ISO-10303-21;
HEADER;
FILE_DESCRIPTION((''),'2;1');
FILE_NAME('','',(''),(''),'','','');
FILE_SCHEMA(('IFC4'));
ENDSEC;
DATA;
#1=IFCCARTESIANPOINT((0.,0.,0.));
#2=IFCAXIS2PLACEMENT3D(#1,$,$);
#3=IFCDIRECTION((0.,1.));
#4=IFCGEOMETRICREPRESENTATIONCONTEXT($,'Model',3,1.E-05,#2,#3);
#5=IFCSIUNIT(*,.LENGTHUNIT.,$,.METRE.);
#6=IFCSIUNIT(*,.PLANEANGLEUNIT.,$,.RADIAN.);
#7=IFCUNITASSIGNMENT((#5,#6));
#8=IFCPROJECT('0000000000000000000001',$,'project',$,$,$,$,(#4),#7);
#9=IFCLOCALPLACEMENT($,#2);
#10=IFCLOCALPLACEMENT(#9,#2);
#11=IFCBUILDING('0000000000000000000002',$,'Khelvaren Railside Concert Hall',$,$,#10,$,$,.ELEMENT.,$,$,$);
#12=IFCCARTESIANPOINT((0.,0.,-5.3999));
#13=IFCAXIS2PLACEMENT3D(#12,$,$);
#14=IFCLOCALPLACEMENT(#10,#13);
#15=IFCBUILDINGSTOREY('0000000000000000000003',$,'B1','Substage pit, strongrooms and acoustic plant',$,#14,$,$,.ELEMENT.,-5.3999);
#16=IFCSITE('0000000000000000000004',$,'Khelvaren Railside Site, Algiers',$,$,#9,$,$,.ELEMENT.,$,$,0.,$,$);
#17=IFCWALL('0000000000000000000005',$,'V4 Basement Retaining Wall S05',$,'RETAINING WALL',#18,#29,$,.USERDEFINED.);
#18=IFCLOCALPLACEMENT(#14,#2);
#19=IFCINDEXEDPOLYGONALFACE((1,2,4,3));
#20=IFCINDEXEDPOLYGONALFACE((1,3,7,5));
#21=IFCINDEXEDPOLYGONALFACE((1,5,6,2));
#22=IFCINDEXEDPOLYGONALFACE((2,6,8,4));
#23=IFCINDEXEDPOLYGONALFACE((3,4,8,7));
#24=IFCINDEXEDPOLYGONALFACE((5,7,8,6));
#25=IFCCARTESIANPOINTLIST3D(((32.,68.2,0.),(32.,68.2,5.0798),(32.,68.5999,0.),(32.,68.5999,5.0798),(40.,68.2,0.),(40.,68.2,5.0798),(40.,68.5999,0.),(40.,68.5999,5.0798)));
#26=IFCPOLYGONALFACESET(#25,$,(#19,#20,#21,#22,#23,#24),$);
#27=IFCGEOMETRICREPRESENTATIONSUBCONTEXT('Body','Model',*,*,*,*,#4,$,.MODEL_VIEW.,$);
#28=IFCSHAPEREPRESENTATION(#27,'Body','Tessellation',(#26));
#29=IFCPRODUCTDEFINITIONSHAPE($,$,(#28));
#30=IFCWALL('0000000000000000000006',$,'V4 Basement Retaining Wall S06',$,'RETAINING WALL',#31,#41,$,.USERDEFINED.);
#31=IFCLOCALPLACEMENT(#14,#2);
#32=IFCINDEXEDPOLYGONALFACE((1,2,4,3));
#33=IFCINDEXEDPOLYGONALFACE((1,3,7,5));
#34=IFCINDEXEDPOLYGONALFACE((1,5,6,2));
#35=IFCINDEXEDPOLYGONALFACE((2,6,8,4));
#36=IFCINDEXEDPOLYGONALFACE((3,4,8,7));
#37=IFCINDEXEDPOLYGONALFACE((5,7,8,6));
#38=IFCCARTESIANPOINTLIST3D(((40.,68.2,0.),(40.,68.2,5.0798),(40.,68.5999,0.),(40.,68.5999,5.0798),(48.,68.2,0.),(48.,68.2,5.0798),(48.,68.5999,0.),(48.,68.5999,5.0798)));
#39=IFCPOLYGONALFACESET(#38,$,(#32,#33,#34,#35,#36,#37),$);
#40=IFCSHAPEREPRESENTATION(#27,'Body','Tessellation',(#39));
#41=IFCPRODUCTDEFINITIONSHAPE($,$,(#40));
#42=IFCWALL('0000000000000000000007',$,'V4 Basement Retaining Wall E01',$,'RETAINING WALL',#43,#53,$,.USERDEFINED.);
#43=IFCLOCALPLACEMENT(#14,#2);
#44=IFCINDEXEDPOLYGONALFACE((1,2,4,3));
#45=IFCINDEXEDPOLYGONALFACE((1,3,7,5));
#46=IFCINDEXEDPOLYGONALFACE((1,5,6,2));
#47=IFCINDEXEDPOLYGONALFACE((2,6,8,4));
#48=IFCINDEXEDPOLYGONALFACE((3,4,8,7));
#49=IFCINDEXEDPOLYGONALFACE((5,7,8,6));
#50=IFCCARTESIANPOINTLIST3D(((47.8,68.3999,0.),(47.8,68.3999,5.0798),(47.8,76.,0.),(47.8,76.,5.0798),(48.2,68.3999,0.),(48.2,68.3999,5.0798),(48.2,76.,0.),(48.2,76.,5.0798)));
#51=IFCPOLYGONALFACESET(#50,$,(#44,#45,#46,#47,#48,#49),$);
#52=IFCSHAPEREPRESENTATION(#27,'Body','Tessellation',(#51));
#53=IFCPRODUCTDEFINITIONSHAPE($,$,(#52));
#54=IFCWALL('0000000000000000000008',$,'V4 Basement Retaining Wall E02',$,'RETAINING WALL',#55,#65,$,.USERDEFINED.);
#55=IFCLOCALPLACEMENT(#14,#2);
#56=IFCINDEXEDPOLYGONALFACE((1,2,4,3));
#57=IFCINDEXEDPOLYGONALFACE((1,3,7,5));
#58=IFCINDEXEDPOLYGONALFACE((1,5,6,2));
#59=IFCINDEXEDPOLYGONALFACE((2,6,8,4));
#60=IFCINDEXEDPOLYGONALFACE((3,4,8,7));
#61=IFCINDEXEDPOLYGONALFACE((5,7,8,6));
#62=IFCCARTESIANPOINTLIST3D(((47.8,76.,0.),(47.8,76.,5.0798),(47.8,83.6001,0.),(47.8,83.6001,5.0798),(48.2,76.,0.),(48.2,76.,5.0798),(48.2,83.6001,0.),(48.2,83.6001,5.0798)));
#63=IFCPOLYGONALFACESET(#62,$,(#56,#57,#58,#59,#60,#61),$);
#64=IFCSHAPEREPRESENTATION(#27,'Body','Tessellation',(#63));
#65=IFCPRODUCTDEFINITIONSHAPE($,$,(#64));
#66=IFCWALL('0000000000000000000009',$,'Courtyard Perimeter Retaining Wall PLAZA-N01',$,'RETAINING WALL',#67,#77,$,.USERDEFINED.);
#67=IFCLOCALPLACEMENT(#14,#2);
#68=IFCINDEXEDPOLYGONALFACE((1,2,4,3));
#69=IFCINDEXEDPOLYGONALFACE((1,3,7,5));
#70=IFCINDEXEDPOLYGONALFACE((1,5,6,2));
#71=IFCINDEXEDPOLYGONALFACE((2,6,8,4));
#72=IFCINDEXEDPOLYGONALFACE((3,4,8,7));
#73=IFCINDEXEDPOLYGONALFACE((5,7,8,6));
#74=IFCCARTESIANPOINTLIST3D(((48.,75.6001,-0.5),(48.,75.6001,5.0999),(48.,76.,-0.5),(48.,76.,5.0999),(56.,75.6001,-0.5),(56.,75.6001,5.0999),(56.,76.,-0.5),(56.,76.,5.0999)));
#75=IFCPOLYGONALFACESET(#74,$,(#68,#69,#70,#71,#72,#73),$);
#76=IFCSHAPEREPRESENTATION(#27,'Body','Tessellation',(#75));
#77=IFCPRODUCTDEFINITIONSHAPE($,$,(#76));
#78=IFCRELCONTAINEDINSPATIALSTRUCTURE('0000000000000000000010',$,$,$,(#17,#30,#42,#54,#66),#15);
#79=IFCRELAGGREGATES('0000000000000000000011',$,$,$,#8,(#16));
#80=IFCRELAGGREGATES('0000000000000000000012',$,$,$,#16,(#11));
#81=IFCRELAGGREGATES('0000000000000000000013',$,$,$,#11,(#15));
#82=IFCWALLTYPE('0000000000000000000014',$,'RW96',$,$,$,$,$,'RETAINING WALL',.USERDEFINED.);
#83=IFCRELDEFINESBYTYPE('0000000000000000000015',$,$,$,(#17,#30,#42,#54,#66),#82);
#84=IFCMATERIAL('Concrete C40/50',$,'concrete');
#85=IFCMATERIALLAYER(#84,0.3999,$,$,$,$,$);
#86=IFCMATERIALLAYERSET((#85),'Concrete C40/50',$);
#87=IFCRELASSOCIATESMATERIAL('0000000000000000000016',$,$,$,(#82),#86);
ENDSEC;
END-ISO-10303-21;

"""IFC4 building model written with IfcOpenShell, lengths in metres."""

from ifc_helpers import new_model, si_unit, direction, frame, frame_2d, origin, place, context, subcontext, project, spatial, rectangle, extrude, material, layer, layer_set, type_object, element, save


model = new_model("IFC4")

# Units and contexts
model_context = context("Model", 3, precision=1e-05, world=origin(), true_north=direction((0.0, 1.0)))
body_context = subcontext(model_context, "Body", "Model", "MODEL_VIEW")
ifc_project = project(units=[si_unit("LENGTHUNIT", "METRE"), si_unit("PLANEANGLEUNIT", "RADIAN")], contexts=[model_context])

# Site, building, storey
site_placement = place(None, origin())
site = spatial("IfcSite", under=ifc_project, at=site_placement, Name="Khelvaren Railside Site, Algiers", CompositionType="ELEMENT", RefElevation=0.0)
building_placement = place(site_placement, origin())
building = spatial("IfcBuilding", under=site, at=building_placement, Name="Khelvaren Railside Concert Hall", CompositionType="ELEMENT")
storey_placement = place(building_placement, frame((0.0, 0.0, -5.3999)))
storey = spatial("IfcBuildingStorey", under=building, at=storey_placement, Name="B1", Description="Substage pit, strongrooms and acoustic plant", CompositionType="ELEMENT", Elevation=-5.3999)

# Walls
ifc_material_1 = material(Name="Concrete C40/50", Category="concrete")
ifc_layer_1 = layer(ifc_material_1, 0.3999)
ifc_layer_set_1 = layer_set([ifc_layer_1], Name="Concrete C40/50")
wall_type_1 = type_object("IfcWallType", Name="RW96", ElementType="RETAINING WALL", PredefinedType="USERDEFINED", material=ifc_layer_set_1)
for number, where, z_axis, x_axis, name in (
    (1, (32.0, 68.3999, 0.0), (0.0, 0.0, 1.0), (1.0, 0.0, 0.0), "V4 Basement Retaining Wall S05"),
    (2, (40.0, 68.3999, 0.0), (0.0, 0.0, 1.0), (1.0, 0.0, 0.0), "V4 Basement Retaining Wall S06"),
):
    element("IfcWall", number, at=place(storey_placement, frame(where, z_axis=z_axis, x_axis=x_axis)), inside=storey, type_object=wall_type_1, Name=name, ObjectType="RETAINING WALL", PredefinedType="USERDEFINED", context=body_context, shape_type="SweptSolid", body=[
        extrude(rectangle(XDim=8.0, YDim=0.3999, at=frame_2d((4.0, 0.0))), origin(), (0.0, 0.0, 1.0), 5.0798),
    ])
for number, where, z_axis, x_axis, name in (
    (3, (48.0, 68.3999, 0.0), (0.0, 0.0, 1.0), (0.0, 1.0, 0.0), "V4 Basement Retaining Wall E01"),
    (4, (48.0, 76.0, 0.0), (0.0, 0.0, 1.0), (0.0, 1.0, 0.0), "V4 Basement Retaining Wall E02"),
):
    element("IfcWall", number, at=place(storey_placement, frame(where, z_axis=z_axis, x_axis=x_axis)), inside=storey, type_object=wall_type_1, Name=name, ObjectType="RETAINING WALL", PredefinedType="USERDEFINED", context=body_context, shape_type="SweptSolid", body=[
        extrude(rectangle(XDim=7.6001, YDim=0.3999, at=frame_2d((3.8, 0.0))), origin(), (0.0, 0.0, 1.0), 5.0798),
    ])
wall_1_placement = place(storey_placement, frame((48.0, 75.8, -0.5), z_axis=(0.0, 0.0, 1.0), x_axis=(1.0, 0.0, 0.0)))
element("IfcWall", 5, at=wall_1_placement, inside=storey, type_object=wall_type_1, Name="Courtyard Perimeter Retaining Wall PLAZA-N01", ObjectType="RETAINING WALL", PredefinedType="USERDEFINED", context=body_context, shape_type="SweptSolid", body=[
    extrude(rectangle(XDim=8.0, YDim=0.3999, at=frame_2d((4.0, 0.0))), origin(), (0.0, 0.0, 1.0), 5.5999),
])

save(model, "model.ifc")
